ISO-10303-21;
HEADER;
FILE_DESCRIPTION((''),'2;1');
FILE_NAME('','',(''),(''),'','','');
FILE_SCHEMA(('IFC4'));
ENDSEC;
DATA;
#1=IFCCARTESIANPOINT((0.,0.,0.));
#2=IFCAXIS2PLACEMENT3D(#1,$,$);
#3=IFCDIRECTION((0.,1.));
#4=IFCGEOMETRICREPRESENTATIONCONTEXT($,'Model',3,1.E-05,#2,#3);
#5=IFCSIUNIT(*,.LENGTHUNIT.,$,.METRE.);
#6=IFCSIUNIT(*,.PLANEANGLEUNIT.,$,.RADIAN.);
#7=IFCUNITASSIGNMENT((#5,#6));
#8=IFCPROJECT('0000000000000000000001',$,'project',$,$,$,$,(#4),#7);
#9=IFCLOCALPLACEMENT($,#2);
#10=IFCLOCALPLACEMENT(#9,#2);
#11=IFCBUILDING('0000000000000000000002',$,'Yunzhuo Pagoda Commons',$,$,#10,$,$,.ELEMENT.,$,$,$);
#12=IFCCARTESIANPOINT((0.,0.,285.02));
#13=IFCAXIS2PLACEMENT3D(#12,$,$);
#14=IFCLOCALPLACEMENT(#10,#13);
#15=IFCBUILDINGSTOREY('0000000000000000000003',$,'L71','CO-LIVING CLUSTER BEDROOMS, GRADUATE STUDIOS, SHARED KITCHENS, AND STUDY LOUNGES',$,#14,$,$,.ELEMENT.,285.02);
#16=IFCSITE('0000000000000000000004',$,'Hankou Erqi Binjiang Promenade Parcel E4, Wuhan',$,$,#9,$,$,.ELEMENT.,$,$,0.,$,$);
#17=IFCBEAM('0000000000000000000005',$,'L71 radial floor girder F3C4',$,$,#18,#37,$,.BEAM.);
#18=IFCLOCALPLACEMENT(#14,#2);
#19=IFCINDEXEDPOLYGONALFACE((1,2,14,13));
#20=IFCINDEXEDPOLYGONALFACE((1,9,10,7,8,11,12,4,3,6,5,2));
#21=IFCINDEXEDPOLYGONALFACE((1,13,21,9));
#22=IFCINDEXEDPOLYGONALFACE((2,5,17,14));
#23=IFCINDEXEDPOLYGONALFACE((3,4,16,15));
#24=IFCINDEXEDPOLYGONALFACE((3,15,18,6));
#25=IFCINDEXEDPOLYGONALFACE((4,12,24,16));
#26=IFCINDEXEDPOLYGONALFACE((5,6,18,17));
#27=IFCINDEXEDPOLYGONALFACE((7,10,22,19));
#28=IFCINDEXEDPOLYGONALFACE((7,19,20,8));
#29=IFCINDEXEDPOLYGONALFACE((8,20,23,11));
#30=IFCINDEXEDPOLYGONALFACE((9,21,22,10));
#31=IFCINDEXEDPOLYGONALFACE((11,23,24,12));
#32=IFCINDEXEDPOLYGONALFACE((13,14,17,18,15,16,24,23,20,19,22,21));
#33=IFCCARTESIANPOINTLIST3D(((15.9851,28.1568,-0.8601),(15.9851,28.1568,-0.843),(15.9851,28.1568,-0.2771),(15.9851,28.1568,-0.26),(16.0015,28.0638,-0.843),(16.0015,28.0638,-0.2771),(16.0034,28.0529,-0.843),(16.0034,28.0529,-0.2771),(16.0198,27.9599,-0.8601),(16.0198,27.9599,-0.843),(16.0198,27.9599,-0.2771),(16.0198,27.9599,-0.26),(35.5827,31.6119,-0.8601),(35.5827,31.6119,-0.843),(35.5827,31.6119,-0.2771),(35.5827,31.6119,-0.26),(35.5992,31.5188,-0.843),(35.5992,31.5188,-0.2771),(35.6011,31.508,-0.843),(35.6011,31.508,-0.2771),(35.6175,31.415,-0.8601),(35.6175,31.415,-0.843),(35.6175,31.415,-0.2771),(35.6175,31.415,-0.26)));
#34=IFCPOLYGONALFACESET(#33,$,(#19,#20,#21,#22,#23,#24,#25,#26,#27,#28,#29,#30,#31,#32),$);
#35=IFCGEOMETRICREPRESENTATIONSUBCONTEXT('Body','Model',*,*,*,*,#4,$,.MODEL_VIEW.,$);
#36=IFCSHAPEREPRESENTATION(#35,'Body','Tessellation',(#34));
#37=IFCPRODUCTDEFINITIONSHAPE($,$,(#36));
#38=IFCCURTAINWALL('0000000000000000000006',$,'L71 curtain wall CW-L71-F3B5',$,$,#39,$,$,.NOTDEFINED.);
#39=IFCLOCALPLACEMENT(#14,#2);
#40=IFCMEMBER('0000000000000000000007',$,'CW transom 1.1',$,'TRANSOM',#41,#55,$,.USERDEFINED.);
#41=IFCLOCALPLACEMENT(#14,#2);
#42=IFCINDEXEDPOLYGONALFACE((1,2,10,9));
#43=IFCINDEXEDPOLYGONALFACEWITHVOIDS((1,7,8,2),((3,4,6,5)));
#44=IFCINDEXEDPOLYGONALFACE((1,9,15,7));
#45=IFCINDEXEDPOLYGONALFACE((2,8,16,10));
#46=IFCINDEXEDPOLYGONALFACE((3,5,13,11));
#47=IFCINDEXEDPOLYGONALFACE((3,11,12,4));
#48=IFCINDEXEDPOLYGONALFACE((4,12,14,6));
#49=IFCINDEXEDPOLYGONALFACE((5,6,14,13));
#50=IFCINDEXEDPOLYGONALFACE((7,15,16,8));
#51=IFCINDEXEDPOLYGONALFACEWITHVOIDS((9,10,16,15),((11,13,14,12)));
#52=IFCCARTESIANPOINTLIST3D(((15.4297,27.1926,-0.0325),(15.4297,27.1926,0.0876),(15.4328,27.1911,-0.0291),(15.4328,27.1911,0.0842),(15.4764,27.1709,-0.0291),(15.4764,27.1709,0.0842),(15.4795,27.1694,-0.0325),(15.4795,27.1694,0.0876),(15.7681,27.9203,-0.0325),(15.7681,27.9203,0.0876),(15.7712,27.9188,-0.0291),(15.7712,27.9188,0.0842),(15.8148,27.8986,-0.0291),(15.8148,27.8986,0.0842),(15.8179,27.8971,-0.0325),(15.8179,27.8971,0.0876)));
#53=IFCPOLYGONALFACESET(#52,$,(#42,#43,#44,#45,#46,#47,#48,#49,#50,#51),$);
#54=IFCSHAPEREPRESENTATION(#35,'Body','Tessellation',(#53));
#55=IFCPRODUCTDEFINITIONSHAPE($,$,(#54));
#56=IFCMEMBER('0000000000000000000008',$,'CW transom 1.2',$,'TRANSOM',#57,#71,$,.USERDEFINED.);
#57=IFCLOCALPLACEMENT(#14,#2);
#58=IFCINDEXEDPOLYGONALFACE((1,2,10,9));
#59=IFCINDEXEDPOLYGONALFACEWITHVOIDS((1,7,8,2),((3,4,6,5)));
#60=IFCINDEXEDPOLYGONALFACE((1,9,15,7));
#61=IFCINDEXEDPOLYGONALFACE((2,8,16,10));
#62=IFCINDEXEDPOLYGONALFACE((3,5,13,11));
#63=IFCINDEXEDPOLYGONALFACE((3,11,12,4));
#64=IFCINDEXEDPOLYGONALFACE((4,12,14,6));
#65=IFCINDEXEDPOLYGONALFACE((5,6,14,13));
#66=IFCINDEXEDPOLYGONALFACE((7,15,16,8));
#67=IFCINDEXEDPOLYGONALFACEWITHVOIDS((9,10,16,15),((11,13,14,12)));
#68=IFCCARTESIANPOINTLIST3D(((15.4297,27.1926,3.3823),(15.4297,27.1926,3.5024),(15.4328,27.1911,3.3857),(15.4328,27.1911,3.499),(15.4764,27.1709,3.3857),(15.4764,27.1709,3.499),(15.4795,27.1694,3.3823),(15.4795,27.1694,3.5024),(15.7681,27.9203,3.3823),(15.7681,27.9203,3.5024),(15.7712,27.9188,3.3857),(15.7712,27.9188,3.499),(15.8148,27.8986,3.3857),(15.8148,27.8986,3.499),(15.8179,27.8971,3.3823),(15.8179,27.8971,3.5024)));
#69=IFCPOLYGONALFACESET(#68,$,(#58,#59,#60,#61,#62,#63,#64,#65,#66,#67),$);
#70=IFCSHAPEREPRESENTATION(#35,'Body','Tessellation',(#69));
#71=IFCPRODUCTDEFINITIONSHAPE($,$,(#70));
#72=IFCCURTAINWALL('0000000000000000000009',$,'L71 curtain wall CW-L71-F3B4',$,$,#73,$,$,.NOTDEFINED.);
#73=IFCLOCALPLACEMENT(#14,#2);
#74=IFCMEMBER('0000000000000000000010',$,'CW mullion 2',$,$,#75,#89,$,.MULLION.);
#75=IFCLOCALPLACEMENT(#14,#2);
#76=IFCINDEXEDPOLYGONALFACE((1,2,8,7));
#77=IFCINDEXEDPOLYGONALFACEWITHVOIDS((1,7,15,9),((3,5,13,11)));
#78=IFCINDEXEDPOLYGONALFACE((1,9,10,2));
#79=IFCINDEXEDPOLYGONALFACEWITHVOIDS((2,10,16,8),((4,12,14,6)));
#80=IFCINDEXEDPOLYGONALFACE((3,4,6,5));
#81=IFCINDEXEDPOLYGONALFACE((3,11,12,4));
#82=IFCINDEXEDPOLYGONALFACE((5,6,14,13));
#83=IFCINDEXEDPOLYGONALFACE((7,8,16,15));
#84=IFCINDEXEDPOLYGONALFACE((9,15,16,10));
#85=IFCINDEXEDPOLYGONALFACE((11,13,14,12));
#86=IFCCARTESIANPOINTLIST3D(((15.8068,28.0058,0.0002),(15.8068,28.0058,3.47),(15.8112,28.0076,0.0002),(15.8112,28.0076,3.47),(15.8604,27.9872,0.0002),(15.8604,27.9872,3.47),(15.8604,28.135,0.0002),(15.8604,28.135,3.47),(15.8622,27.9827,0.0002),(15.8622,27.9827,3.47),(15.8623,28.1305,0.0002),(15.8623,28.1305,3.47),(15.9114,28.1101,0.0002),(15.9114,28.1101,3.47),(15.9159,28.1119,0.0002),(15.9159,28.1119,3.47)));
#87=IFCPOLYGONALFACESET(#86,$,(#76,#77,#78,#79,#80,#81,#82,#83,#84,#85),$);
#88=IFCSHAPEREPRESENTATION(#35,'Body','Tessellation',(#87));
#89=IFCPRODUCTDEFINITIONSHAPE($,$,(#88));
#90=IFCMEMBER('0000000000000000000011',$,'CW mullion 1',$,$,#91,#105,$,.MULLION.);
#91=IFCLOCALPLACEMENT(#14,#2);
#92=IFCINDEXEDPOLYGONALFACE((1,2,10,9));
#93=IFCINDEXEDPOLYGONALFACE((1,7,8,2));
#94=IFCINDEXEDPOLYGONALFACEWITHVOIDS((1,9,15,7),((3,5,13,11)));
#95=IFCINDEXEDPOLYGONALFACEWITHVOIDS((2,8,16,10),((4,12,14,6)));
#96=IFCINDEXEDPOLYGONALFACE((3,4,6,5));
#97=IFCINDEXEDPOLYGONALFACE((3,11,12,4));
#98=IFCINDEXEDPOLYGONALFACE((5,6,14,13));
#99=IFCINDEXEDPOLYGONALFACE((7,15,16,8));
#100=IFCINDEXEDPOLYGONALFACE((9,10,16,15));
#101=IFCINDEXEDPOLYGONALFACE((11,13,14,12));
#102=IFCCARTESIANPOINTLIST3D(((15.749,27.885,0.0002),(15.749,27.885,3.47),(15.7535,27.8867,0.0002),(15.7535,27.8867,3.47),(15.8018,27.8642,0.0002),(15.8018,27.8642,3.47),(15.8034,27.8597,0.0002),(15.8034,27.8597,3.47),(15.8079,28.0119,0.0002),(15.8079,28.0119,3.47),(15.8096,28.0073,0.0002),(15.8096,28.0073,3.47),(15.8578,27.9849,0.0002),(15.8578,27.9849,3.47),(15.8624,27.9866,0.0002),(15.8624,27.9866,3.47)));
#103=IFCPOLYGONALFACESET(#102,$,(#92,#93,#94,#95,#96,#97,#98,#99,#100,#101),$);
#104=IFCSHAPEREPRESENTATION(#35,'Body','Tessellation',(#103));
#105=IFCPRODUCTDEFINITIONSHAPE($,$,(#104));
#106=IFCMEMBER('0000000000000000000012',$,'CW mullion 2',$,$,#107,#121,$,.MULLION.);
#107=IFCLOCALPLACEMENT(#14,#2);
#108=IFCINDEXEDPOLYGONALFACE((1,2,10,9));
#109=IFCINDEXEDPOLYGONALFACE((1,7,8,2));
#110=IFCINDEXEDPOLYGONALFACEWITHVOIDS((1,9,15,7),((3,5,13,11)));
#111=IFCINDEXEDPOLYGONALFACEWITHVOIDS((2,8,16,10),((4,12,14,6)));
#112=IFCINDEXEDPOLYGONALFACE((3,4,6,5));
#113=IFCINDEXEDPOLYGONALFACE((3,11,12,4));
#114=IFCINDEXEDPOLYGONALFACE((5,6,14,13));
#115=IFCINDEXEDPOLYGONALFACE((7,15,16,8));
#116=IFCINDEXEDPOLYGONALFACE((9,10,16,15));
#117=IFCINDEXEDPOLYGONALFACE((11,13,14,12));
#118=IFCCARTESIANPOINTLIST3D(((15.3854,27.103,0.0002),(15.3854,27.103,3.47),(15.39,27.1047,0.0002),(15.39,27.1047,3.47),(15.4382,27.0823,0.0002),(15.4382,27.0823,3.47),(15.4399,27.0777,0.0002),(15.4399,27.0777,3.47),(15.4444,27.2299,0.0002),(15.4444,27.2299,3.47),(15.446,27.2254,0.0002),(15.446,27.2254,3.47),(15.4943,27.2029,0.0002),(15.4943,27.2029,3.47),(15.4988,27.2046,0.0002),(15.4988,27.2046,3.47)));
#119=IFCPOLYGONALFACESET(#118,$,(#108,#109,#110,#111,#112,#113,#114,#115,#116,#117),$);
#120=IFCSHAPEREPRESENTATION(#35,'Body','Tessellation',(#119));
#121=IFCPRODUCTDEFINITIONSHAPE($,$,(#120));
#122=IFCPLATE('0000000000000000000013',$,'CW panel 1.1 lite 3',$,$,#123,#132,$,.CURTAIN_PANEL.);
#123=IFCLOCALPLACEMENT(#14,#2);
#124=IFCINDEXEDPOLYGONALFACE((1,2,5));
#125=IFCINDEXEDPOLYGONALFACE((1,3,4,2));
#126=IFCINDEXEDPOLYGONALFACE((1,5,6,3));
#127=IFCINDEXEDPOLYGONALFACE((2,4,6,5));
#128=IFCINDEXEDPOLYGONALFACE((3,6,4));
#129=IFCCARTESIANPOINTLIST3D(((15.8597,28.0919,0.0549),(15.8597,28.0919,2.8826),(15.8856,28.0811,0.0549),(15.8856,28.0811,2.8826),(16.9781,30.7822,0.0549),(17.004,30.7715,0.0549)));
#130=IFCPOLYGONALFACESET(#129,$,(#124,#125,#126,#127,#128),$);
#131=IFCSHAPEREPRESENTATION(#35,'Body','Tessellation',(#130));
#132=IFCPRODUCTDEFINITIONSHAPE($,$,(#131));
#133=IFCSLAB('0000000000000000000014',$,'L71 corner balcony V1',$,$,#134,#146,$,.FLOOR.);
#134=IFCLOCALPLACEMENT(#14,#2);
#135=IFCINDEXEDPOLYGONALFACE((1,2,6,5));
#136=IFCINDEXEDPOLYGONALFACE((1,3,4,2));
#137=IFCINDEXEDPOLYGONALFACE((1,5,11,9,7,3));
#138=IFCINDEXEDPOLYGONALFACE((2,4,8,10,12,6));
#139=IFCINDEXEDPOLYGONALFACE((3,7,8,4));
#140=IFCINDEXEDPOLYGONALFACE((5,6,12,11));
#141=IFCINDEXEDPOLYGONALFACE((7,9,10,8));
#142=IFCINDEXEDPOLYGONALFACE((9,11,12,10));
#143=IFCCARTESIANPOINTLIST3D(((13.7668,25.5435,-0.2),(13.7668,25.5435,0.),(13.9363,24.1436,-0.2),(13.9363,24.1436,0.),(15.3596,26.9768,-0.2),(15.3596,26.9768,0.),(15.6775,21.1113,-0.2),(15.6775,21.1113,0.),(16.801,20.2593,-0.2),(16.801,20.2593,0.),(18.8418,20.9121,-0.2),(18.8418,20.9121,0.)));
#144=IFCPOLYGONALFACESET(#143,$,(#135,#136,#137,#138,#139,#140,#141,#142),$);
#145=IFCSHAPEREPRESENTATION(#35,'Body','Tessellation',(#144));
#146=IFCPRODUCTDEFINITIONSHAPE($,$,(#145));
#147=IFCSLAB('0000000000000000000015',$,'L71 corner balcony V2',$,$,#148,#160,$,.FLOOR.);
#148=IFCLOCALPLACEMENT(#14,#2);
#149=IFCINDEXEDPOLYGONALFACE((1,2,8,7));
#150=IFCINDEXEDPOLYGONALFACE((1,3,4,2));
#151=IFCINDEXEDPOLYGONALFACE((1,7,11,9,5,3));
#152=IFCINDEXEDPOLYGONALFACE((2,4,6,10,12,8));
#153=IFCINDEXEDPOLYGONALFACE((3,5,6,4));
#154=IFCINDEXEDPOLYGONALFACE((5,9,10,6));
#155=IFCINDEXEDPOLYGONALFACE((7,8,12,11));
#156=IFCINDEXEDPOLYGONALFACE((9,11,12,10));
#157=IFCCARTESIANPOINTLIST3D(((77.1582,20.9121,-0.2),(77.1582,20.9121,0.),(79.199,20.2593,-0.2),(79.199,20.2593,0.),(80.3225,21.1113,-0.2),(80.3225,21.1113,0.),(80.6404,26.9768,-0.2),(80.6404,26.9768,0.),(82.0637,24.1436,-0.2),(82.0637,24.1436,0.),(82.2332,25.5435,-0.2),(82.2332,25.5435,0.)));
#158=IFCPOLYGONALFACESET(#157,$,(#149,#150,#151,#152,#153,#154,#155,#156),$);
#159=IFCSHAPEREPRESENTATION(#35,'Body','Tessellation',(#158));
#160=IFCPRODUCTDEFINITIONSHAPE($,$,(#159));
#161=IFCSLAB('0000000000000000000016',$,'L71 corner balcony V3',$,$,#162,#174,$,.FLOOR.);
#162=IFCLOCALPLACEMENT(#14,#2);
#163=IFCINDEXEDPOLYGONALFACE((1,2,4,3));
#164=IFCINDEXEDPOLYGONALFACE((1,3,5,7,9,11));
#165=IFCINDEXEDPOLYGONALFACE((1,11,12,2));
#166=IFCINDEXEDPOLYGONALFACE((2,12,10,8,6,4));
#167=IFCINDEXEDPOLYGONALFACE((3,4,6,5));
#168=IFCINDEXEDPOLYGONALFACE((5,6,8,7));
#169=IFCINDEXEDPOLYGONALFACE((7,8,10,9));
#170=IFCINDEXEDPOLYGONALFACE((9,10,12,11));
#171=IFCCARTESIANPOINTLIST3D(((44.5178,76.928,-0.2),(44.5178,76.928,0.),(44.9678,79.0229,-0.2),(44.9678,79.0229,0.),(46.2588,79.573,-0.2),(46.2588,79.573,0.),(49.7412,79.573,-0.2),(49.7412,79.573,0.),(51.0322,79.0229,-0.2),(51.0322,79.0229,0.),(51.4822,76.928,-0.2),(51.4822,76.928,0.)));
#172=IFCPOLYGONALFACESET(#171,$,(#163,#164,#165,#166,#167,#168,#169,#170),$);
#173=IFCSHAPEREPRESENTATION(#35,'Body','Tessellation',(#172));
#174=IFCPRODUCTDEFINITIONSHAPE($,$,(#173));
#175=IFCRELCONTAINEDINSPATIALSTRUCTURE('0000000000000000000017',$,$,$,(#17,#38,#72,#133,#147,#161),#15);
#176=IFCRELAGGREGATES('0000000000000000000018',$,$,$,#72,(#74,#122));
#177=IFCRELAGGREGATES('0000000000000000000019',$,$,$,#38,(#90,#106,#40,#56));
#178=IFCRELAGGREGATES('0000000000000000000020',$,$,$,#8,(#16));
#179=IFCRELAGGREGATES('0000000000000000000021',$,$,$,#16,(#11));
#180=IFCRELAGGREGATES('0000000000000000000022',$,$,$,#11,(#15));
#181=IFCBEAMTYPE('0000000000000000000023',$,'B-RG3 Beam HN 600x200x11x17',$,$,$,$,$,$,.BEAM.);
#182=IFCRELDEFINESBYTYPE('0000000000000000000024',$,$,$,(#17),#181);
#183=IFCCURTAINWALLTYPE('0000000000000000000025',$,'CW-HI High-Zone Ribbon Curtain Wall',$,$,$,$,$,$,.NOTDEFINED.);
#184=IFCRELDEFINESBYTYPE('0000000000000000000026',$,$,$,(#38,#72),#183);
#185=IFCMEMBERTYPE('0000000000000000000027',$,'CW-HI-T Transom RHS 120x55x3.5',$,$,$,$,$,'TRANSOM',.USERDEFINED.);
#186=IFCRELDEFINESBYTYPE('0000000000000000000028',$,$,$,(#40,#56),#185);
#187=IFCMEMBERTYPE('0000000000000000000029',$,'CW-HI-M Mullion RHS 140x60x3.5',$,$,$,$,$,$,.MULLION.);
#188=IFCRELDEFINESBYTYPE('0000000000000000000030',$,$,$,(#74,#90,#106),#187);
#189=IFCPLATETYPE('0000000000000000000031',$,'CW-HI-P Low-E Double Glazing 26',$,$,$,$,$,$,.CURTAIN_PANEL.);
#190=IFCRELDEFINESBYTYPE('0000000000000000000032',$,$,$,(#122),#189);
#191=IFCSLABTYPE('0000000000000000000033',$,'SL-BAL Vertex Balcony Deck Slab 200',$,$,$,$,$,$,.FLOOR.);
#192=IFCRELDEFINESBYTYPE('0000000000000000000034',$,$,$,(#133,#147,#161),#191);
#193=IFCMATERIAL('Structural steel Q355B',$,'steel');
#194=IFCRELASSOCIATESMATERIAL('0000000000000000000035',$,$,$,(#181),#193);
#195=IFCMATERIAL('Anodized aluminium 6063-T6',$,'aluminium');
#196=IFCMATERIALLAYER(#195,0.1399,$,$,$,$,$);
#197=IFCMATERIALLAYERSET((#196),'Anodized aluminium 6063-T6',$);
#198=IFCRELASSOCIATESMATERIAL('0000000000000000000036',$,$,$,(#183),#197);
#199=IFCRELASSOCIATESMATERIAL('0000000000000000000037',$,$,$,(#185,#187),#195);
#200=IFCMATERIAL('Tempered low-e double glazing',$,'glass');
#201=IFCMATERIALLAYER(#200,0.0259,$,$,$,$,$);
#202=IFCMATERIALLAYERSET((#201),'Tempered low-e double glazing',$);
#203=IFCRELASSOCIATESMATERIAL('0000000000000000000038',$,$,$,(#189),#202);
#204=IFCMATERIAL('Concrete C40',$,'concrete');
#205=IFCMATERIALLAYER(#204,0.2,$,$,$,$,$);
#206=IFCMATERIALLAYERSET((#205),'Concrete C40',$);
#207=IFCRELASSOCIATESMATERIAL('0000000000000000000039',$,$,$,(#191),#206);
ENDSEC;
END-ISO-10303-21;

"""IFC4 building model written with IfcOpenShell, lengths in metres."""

from ifc_helpers import new_model, si_unit, direction, frame, origin, origin_2d, place, context, subcontext, project, spatial, polyline, hollow_rectangle, i_section, outline, extrude, source, transform, mapped, material, layer, layer_set, material_profile, profile_set, type_object, element, aggregate, save


model = new_model("IFC4")

# Units and contexts
model_context = context("Model", 3, precision=1e-05, world=origin(), true_north=direction((0.0, 1.0)))
body_context = subcontext(model_context, "Body", "Model", "MODEL_VIEW")
ifc_project = project(units=[si_unit("LENGTHUNIT", "METRE"), si_unit("PLANEANGLEUNIT", "RADIAN")], contexts=[model_context])

# Site, building, storey
site_placement = place(None, origin())
site = spatial("IfcSite", under=ifc_project, at=site_placement, Name="Hankou Erqi Binjiang Promenade Parcel E4, Wuhan", CompositionType="ELEMENT", RefElevation=0.0)
building_placement = place(site_placement, origin())
building = spatial("IfcBuilding", under=site, at=building_placement, Name="Yunzhuo Pagoda Commons", CompositionType="ELEMENT")
storey_placement = place(building_placement, frame((0.0, 0.0, 285.02)))
storey = spatial("IfcBuildingStorey", under=building, at=storey_placement, Name="L71", Description="CO-LIVING CLUSTER BEDROOMS, GRADUATE STUDIOS, SHARED KITCHENS, AND STUDY LOUNGES", CompositionType="ELEMENT", Elevation=285.02)

# Beam
ifc_material_1 = material(Name="Structural steel Q355B", Category="steel")
ifc_material_profile_1 = material_profile(ifc_material_1, i_section(OverallWidth=0.2, OverallDepth=0.6001, WebThickness=0.011, FlangeThickness=0.0171, at=origin_2d()), Name="Structural steel Q355B")
ifc_profile_set_1 = profile_set([ifc_material_profile_1], Name="Structural steel Q355B")
beam_type = type_object("IfcBeamType", Name="B-RG3 Beam HN 600x200x11x17", PredefinedType="BEAM", material=ifc_profile_set_1)
shared_shape_1 = source(origin(), body_context, "Body", "SweptSolid", [
    extrude(i_section(OverallWidth=0.2, OverallDepth=0.6001, WebThickness=0.011, FlangeThickness=0.0171, at=origin_2d()), origin(), (0.0, 0.0, 1.0), 19.8999),
])
beam_placement = place(storey_placement, frame((16.0024, 28.0583, -0.5601), z_axis=(0.984812, 0.173623, 0.0), x_axis=(-0.173623, 0.984812, 0.0)))
element("IfcBeam", 1, at=beam_placement, inside=storey, type_object=beam_type, Name="L71 radial floor girder F3C4", PredefinedType="BEAM", context=body_context, shape_type="MappedRepresentation", body=[
    mapped(shared_shape_1, transform((0.0, 0.0, 0.0), scale=1.0)),
])

# Curtain wall, members
ifc_material_2 = material(Name="Anodized aluminium 6063-T6", Category="aluminium")
ifc_layer_1 = layer(ifc_material_2, 0.1399)
ifc_layer_set_1 = layer_set([ifc_layer_1], Name="Anodized aluminium 6063-T6")
curtain_wall_type = type_object("IfcCurtainWallType", Name="CW-HI High-Zone Ribbon Curtain Wall", PredefinedType="NOTDEFINED", material=ifc_layer_set_1)
curtain_wall_1_placement = place(storey_placement, origin())
curtain_wall_1 = element("IfcCurtainWall", 2, at=curtain_wall_1_placement, inside=storey, type_object=curtain_wall_type, Name="L71 curtain wall CW-L71-F3B5", PredefinedType="NOTDEFINED")
ifc_material_profile_2 = material_profile(ifc_material_2, hollow_rectangle(XDim=0.0549, YDim=0.1201, WallThickness=0.0034, at=origin_2d()), Name="Anodized aluminium 6063-T6")
ifc_profile_set_2 = profile_set([ifc_material_profile_2], Name="Anodized aluminium 6063-T6")
member_type_1 = type_object("IfcMemberType", Name="CW-HI-T Transom RHS 120x55x3.5", ElementType="TRANSOM", PredefinedType="USERDEFINED", material=ifc_profile_set_2)
shared_shape_2 = source(origin(), body_context, "Body", "SweptSolid", [
    extrude(hollow_rectangle(XDim=0.0549, YDim=0.1201, WallThickness=0.0034, at=origin_2d()), origin(), (0.0, 0.0, 1.0), 0.8025),
])
member_1_placement = place(storey_placement, frame((15.793, 27.9087, 0.0276), z_axis=(-0.421603, -0.906781, 0.0), x_axis=(0.906781, -0.421603, 0.0)))
member_1 = element("IfcMember", 3, at=member_1_placement, type_object=member_type_1, Name="CW transom 1.1", ObjectType="TRANSOM", PredefinedType="USERDEFINED", context=body_context, shape_type="MappedRepresentation", body=[
    mapped(shared_shape_2, transform((0.0, 0.0, 0.0), scale=1.0)),
])
member_2_placement = place(storey_placement, frame((15.793, 27.9087, 3.4424), z_axis=(-0.421603, -0.906781, 0.0), x_axis=(0.906781, -0.421603, 0.0)))
member_2 = element("IfcMember", 4, at=member_2_placement, type_object=member_type_1, Name="CW transom 1.2", ObjectType="TRANSOM", PredefinedType="USERDEFINED", context=body_context, shape_type="MappedRepresentation", body=[
    mapped(shared_shape_2, transform((0.0, 0.0, 0.0), scale=1.0)),
])

# Curtain wall, member
curtain_wall_2_placement = place(storey_placement, origin())
curtain_wall_2 = element("IfcCurtainWall", 5, at=curtain_wall_2_placement, inside=storey, type_object=curtain_wall_type, Name="L71 curtain wall CW-L71-F3B4", PredefinedType="NOTDEFINED")
ifc_material_profile_3 = material_profile(ifc_material_2, hollow_rectangle(XDim=0.0601, YDim=0.1399, WallThickness=0.0034, at=origin_2d()), Name="Anodized aluminium 6063-T6")
ifc_profile_set_3 = profile_set([ifc_material_profile_3], Name="Anodized aluminium 6063-T6")
member_type_2 = type_object("IfcMemberType", Name="CW-HI-M Mullion RHS 140x60x3.5", PredefinedType="MULLION", material=ifc_profile_set_3)
shared_shape_3 = source(origin(), body_context, "Body", "SweptSolid", [
    extrude(hollow_rectangle(XDim=0.0601, YDim=0.1399, WallThickness=0.0034, at=origin_2d()), origin(), (0.0, 0.0, 1.0), 3.4697),
])
member_3_placement = place(storey_placement, frame((15.8613, 28.0588, 0.0002), z_axis=(0.0, 0.0, 1.0), x_axis=(0.923394, -0.383855, 0.0)))
member_3 = element("IfcMember", 6, at=member_3_placement, type_object=member_type_2, Name="CW mullion 2", PredefinedType="MULLION", context=body_context, shape_type="MappedRepresentation", body=[
    mapped(shared_shape_3, transform((0.0, 0.0, 0.0), scale=1.0)),
])

# Members
member_4_placement = place(storey_placement, frame((15.8057, 27.9358, 0.0002), z_axis=(0.0, 0.0, 1.0), x_axis=(0.906871, -0.421407, 0.0)))
member_4 = element("IfcMember", 7, at=member_4_placement, type_object=member_type_2, Name="CW mullion 1", PredefinedType="MULLION", context=body_context, shape_type="MappedRepresentation", body=[
    mapped(shared_shape_3, transform((0.0, 0.0, 0.0), scale=1.0)),
])
member_5_placement = place(storey_placement, frame((15.4421, 27.1538, 0.0002), z_axis=(0.0, 0.0, 1.0), x_axis=(0.906871, -0.421407, 0.0)))
member_5 = element("IfcMember", 8, at=member_5_placement, type_object=member_type_2, Name="CW mullion 2", PredefinedType="MULLION", context=body_context, shape_type="MappedRepresentation", body=[
    mapped(shared_shape_3, transform((0.0, 0.0, 0.0), scale=1.0)),
])

# Plate
ifc_material_3 = material(Name="Tempered low-e double glazing", Category="glass")
ifc_layer_2 = layer(ifc_material_3, 0.0259)
ifc_layer_set_2 = layer_set([ifc_layer_2], Name="Tempered low-e double glazing")
plate_type_1 = type_object("IfcPlateType", Name="CW-HI-P Low-E Double Glazing 26", PredefinedType="CURTAIN_PANEL", material=ifc_layer_set_2)
plate_1_placement = place(storey_placement, frame((16.4448, 29.4263, 1.4688), z_axis=(-0.923394, 0.383855, 0.0), x_axis=(-0.383855, -0.923394, 0.0)))
plate_1 = element("IfcPlate", 9, at=plate_1_placement, type_object=plate_type_1, Name="CW panel 1.1 lite 3", PredefinedType="CURTAIN_PANEL", context=body_context, shape_type="SweptSolid", body=[
    extrude(outline(polyline([(-1.4568, -1.4138), (1.4568, -1.4138), (1.4568, 1.4138), (-1.4568, -1.4138)])), origin(), (0.0, 0.0, 1.0), 0.0281),
])
aggregate(curtain_wall_2, [member_3, plate_1])

# Slabs
ifc_material_4 = material(Name="Concrete C40", Category="concrete")
ifc_layer_3 = layer(ifc_material_4, 0.2)
ifc_layer_set_3 = layer_set([ifc_layer_3], Name="Concrete C40")
slab_type_1 = type_object("IfcSlabType", Name="SL-BAL Vertex Balcony Deck Slab 200", PredefinedType="FLOOR", material=ifc_layer_set_3)
slab_1_placement = place(storey_placement, frame((0.0, 0.0, -0.2)))
element("IfcSlab", 10, at=slab_1_placement, inside=storey, type_object=slab_type_1, Name="L71 corner balcony V1", PredefinedType="FLOOR", context=body_context, shape_type="SweptSolid", body=[
    extrude(outline(polyline([(15.3596, 26.9768), (18.8418, 20.9121), (16.801, 20.2593), (15.6775, 21.1113), (13.9363, 24.1436), (13.7668, 25.5435), (15.3596, 26.9768)])), origin(), (0.0, 0.0, 1.0), 0.2),
])
slab_2_placement = place(storey_placement, frame((0.0, 0.0, -0.2)))
element("IfcSlab", 11, at=slab_2_placement, inside=storey, type_object=slab_type_1, Name="L71 corner balcony V2", PredefinedType="FLOOR", context=body_context, shape_type="SweptSolid", body=[
    extrude(outline(polyline([(77.1582, 20.9121), (80.6404, 26.9768), (82.2332, 25.5435), (82.0637, 24.1436), (80.3225, 21.1113), (79.199, 20.2593), (77.1582, 20.9121)])), origin(), (0.0, 0.0, 1.0), 0.2),
])
slab_3_placement = place(storey_placement, frame((0.0, 0.0, -0.2)))
element("IfcSlab", 12, at=slab_3_placement, inside=storey, type_object=slab_type_1, Name="L71 corner balcony V3", PredefinedType="FLOOR", context=body_context, shape_type="SweptSolid", body=[
    extrude(outline(polyline([(51.4822, 76.928), (44.5178, 76.928), (44.9678, 79.0229), (46.2588, 79.573), (49.7412, 79.573), (51.0322, 79.0229), (51.4822, 76.928)])), origin(), (0.0, 0.0, 1.0), 0.2),
])

aggregate(curtain_wall_1, [member_4, member_5, member_1, member_2])

save(model, "model.ifc")
